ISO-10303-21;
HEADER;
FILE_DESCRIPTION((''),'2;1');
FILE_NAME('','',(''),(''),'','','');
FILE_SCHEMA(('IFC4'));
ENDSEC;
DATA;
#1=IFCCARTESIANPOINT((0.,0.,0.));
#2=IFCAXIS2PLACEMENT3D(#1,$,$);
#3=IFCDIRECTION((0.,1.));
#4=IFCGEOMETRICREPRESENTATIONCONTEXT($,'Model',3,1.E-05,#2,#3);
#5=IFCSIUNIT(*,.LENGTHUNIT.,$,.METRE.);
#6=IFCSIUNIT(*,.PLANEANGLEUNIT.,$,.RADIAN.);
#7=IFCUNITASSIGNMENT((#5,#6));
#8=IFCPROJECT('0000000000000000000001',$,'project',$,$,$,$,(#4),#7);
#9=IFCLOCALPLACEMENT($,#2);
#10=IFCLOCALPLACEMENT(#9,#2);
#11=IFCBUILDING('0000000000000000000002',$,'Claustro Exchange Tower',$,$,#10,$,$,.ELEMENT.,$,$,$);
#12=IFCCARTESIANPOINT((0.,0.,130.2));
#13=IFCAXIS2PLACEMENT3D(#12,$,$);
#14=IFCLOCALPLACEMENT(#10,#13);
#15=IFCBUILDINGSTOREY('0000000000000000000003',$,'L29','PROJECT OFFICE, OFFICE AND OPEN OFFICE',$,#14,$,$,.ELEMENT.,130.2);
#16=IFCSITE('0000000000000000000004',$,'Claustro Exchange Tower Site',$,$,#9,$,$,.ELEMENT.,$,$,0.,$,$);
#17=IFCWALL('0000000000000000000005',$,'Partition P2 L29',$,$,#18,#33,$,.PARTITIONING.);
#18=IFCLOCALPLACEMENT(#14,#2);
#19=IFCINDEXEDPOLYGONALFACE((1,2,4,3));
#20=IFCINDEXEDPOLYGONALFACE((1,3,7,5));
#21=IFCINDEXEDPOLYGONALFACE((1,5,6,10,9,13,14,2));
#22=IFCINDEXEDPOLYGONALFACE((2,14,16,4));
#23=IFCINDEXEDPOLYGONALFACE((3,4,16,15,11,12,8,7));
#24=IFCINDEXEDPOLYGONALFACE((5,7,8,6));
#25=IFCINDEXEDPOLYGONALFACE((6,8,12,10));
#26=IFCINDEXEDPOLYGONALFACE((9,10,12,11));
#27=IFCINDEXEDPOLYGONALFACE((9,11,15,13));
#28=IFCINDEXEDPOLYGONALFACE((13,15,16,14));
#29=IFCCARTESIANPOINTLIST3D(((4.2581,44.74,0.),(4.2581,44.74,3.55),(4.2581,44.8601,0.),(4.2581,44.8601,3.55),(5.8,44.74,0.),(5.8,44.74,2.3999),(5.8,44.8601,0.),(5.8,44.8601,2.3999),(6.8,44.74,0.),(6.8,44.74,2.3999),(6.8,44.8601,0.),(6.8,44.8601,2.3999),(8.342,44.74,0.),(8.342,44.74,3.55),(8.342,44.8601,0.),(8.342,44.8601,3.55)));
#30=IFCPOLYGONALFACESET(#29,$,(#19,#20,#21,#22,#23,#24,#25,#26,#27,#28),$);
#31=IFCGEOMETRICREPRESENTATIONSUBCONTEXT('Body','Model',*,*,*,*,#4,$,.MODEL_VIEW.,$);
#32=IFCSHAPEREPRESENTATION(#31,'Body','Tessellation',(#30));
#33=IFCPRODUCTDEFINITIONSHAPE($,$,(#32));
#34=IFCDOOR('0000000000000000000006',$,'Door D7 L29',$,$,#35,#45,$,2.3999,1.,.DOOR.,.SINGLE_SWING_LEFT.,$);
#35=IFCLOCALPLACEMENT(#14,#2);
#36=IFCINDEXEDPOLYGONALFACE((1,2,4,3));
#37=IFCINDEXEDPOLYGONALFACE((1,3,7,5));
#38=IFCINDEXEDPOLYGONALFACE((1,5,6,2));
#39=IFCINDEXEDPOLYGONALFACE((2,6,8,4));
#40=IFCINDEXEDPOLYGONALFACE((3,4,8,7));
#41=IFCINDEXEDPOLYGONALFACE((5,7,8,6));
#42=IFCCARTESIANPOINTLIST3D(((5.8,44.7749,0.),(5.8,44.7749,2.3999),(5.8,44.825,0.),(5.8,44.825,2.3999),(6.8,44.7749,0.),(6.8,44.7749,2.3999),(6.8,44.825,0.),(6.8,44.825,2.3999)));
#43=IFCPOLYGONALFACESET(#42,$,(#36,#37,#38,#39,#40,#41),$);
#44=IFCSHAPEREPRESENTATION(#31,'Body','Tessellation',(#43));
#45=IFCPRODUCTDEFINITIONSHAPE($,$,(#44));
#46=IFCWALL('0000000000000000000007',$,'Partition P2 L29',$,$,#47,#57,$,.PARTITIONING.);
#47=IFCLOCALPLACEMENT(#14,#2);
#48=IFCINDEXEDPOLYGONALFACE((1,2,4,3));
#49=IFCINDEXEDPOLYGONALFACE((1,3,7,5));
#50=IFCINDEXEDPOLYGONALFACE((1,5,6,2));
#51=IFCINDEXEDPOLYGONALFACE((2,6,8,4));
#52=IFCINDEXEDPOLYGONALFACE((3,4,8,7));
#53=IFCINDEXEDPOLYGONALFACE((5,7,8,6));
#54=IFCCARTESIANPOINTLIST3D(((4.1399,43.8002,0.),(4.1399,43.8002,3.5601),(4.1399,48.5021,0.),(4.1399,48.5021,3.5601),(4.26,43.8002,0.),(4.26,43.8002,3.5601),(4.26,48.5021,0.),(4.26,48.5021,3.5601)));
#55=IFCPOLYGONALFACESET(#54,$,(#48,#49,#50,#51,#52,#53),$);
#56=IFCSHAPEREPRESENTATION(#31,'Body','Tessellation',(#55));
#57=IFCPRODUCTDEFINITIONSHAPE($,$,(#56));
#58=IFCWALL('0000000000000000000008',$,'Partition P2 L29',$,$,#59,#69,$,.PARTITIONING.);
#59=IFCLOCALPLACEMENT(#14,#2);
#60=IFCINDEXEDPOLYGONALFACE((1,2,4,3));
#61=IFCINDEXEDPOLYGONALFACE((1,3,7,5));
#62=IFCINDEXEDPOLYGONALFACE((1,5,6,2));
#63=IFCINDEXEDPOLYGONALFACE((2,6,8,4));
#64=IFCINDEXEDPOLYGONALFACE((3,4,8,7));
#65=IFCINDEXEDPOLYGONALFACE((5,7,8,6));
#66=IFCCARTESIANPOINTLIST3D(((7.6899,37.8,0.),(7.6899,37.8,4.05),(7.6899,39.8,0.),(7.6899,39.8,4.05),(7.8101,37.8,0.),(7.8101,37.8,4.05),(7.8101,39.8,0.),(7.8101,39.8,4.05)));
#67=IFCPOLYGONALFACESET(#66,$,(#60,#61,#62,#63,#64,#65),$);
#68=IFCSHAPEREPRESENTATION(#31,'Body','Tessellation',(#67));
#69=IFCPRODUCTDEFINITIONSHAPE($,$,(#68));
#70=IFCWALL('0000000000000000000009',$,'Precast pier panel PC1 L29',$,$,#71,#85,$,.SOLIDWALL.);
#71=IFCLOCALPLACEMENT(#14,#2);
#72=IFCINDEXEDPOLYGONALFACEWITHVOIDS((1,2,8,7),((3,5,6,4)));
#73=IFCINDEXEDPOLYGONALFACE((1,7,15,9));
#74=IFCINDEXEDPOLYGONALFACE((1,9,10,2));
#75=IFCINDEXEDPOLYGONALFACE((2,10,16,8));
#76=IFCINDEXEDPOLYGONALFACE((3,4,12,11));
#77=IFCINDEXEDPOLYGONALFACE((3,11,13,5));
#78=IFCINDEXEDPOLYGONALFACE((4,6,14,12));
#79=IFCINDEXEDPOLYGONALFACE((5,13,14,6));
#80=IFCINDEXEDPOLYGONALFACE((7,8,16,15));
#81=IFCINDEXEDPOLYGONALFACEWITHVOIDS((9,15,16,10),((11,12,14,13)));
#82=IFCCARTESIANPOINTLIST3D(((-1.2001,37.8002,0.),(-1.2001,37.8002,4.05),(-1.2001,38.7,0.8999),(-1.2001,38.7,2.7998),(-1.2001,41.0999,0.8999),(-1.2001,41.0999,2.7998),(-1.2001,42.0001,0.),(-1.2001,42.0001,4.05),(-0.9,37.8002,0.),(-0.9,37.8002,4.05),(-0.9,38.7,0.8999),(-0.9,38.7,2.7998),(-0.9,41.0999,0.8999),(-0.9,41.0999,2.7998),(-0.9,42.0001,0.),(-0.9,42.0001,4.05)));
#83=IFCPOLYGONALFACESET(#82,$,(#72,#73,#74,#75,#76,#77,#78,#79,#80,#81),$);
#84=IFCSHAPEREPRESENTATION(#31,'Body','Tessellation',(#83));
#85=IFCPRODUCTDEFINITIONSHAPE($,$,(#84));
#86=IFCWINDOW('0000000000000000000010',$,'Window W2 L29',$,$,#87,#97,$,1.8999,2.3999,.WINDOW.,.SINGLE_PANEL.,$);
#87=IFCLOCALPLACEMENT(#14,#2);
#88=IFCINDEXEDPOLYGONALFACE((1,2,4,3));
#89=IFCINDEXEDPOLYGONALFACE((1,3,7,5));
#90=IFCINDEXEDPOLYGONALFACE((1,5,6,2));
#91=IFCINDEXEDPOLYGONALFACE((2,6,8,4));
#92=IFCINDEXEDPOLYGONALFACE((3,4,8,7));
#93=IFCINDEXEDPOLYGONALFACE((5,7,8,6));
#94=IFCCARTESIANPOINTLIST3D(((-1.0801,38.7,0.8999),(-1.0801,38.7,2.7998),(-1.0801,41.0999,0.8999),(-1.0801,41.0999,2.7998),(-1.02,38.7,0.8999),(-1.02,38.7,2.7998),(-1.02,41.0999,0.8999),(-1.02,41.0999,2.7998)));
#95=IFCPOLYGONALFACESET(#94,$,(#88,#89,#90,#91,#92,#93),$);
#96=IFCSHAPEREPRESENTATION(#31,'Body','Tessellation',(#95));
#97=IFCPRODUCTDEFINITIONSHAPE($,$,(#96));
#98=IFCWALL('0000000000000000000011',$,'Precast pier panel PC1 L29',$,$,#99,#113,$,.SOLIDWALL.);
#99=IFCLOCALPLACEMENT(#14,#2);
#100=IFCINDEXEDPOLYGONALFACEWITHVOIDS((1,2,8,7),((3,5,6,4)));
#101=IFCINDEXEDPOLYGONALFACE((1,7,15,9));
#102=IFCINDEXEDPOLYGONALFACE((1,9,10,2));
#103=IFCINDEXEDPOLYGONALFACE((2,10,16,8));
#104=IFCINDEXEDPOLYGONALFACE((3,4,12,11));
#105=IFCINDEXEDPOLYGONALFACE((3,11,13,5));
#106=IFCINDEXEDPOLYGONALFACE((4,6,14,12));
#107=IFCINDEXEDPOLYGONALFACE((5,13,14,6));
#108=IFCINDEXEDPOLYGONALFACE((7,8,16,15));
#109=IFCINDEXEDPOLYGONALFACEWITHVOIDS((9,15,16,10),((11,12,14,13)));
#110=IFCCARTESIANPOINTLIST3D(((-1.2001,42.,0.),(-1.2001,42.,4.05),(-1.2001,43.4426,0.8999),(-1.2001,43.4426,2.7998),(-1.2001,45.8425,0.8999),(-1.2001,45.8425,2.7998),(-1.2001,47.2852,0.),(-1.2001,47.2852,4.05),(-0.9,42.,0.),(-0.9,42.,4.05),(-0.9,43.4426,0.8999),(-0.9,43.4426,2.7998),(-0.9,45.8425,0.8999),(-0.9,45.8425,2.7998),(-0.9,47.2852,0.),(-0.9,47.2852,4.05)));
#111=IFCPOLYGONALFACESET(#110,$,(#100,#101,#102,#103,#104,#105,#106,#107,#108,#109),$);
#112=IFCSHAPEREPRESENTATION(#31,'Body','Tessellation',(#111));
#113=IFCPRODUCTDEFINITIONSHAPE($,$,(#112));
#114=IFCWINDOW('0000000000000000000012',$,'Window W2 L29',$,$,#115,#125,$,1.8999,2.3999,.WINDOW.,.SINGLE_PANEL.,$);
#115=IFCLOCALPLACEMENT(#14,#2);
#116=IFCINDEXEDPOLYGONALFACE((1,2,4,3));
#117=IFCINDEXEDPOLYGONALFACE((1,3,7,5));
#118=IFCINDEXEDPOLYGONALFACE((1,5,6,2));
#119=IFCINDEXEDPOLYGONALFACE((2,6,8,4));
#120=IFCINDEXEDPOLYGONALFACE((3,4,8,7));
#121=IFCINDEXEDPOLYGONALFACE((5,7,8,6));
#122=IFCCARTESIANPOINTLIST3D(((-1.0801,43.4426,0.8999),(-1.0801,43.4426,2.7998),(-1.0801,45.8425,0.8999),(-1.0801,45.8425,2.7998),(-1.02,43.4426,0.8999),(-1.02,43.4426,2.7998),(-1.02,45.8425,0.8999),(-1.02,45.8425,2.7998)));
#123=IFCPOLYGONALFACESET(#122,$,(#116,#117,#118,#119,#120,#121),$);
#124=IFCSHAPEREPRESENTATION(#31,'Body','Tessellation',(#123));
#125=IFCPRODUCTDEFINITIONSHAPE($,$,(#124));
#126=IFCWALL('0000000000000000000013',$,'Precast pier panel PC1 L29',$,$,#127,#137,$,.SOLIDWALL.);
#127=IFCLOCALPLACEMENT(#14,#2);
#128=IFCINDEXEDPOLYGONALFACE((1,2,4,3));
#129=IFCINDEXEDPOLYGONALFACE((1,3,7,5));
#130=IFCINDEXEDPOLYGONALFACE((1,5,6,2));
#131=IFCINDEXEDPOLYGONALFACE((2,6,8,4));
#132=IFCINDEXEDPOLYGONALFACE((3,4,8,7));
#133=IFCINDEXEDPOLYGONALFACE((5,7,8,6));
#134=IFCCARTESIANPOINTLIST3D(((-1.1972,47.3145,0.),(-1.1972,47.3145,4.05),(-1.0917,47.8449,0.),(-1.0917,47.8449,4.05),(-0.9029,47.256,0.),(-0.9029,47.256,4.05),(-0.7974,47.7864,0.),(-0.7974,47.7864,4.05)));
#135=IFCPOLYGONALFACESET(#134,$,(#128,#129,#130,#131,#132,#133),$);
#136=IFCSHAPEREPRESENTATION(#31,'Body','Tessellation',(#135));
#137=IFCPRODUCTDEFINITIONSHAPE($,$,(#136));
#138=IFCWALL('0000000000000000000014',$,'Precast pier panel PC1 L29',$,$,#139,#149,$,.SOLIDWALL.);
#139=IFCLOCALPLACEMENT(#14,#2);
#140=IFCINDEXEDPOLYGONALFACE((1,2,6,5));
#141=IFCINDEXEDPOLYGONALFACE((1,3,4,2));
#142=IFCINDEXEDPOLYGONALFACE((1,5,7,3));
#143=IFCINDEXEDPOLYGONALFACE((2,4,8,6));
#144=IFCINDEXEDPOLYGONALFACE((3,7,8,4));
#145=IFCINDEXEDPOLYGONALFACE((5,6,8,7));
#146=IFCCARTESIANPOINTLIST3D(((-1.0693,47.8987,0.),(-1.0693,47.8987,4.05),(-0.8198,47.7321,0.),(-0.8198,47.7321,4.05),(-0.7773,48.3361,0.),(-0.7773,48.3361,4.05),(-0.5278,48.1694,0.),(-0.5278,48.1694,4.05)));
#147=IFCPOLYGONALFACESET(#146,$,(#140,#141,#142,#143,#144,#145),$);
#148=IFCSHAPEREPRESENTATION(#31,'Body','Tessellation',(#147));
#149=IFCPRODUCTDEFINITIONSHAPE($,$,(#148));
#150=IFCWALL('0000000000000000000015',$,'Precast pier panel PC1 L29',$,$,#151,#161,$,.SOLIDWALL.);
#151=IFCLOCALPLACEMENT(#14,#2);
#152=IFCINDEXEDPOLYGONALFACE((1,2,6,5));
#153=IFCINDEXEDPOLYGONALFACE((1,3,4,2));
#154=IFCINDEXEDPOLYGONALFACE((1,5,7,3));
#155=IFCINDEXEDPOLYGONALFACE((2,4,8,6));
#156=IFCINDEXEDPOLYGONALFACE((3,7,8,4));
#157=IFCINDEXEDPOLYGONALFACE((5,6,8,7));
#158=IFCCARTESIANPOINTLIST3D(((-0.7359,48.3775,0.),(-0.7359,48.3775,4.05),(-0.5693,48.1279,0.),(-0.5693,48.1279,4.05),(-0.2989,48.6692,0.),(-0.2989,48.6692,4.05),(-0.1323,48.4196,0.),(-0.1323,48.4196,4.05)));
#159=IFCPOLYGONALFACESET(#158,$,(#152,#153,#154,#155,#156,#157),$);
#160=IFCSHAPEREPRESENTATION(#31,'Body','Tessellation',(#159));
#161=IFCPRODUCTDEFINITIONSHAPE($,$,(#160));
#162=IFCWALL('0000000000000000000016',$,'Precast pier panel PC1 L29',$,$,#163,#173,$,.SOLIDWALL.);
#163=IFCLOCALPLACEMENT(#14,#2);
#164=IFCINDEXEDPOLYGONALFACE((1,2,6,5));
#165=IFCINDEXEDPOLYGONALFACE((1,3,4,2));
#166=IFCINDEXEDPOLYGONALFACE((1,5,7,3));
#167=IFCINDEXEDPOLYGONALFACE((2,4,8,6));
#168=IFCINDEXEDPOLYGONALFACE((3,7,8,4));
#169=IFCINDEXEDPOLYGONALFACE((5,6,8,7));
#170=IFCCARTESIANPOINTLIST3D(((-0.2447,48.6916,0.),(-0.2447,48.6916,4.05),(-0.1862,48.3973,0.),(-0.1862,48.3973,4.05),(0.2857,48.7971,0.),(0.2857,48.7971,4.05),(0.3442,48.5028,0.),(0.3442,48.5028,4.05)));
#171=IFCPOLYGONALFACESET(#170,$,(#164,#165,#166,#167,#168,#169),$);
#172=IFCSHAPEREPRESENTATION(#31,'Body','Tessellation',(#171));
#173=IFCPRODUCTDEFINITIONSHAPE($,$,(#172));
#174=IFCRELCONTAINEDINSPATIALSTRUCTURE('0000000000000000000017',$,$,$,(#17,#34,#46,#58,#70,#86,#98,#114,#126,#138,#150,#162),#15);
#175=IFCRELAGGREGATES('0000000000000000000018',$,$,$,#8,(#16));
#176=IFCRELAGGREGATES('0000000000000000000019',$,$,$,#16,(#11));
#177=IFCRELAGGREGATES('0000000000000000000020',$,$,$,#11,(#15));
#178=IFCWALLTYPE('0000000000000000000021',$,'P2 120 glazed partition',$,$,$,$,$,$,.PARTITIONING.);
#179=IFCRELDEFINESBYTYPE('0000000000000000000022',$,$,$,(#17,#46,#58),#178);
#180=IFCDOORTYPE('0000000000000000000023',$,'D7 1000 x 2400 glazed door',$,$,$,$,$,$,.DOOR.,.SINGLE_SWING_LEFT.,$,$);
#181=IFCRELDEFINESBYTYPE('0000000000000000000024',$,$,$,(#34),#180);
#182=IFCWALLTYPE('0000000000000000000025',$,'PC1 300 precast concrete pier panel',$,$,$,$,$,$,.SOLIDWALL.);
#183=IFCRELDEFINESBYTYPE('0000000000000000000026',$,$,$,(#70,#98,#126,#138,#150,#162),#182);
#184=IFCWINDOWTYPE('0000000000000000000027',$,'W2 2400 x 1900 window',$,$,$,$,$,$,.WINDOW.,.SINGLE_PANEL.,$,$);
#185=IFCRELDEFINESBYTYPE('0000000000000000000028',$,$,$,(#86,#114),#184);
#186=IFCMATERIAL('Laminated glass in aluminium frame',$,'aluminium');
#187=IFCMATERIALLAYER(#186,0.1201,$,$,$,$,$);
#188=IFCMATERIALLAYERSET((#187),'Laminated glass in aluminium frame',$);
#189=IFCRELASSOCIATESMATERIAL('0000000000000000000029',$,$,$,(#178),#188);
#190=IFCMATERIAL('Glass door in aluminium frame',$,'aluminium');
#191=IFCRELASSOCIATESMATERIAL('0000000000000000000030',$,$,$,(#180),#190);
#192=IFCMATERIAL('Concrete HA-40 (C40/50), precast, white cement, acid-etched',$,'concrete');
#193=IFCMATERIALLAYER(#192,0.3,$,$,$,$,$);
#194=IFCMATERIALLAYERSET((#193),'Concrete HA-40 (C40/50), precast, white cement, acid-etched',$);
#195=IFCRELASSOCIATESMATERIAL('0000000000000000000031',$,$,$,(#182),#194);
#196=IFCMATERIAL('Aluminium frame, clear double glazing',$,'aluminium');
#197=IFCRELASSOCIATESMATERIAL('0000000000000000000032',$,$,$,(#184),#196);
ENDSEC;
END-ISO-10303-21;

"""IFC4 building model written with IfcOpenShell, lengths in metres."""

from ifc_helpers import new_model, si_unit, direction, frame, frame_2d, origin, place, context, subcontext, project, spatial, rectangle, extrude, material, layer, layer_set, type_object, element, fill, save


model = new_model("IFC4")

# Units and contexts
model_context = context("Model", 3, precision=1e-05, world=origin(), true_north=direction((0.0, 1.0)))
body_context = subcontext(model_context, "Body", "Model", "MODEL_VIEW")
ifc_project = project(units=[si_unit("LENGTHUNIT", "METRE"), si_unit("PLANEANGLEUNIT", "RADIAN")], contexts=[model_context])

# Site, building, storey
site_placement = place(None, origin())
site = spatial("IfcSite", under=ifc_project, at=site_placement, Name="Claustro Exchange Tower Site", CompositionType="ELEMENT", RefElevation=0.0)
building_placement = place(site_placement, origin())
building = spatial("IfcBuilding", under=site, at=building_placement, Name="Claustro Exchange Tower", CompositionType="ELEMENT")
storey_placement = place(building_placement, frame((0.0, 0.0, 130.2)))
storey = spatial("IfcBuildingStorey", under=building, at=storey_placement, Name="L29", Description="PROJECT OFFICE, OFFICE AND OPEN OFFICE", CompositionType="ELEMENT", Elevation=130.2)

# Wall, opening, door
ifc_material_1 = material(Name="Laminated glass in aluminium frame", Category="aluminium")
ifc_layer_1 = layer(ifc_material_1, 0.1201)
ifc_layer_set_1 = layer_set([ifc_layer_1], Name="Laminated glass in aluminium frame")
wall_type_1 = type_object("IfcWallType", Name="P2 120 glazed partition", PredefinedType="PARTITIONING", material=ifc_layer_set_1)
ifc_material_2 = material(Name="Glass door in aluminium frame", Category="aluminium")
door_type = type_object("IfcDoorType", Name="D7 1000 x 2400 glazed door", OperationType="SINGLE_SWING_LEFT", PredefinedType="DOOR", material=ifc_material_2)
wall_1_placement = place(storey_placement, frame((4.2581, 44.8, 0.0), z_axis=(0.0, 0.0, 1.0), x_axis=(1.0, 0.0, 0.0)))
wall_1 = element("IfcWall", 1, at=wall_1_placement, inside=storey, type_object=wall_type_1, Name="Partition P2 L29", PredefinedType="PARTITIONING", context=body_context, shape_type="SweptSolid", body=[
    extrude(rectangle(XDim=4.084, YDim=0.1201, at=frame_2d((2.042, 0.0))), origin(), (0.0, 0.0, 1.0), 3.55),
])
opening_1_placement = place(wall_1_placement, frame((1.542, 0.0, 0.0)))
opening_1 = element("IfcOpeningElement", 2, at=opening_1_placement, cuts=wall_1, PredefinedType="OPENING", context=body_context, shape_type="SweptSolid", body=[
    extrude(rectangle(XDim=1.0, YDim=2.3999, at=frame_2d((0.5, 1.2))), frame((0.0, 0.0701, 0.0), z_axis=(0.0, -1.0, 0.0), x_axis=(1.0, 0.0, 0.0)), (0.0, 0.0, 1.0), 0.1401),
])
door_1_placement = place(opening_1_placement, origin())
door_1 = element("IfcDoor", 3, at=door_1_placement, inside=storey, type_object=door_type, Name="Door D7 L29", OperationType="SINGLE_SWING_LEFT", OverallHeight=2.3999, OverallWidth=1.0, PredefinedType="DOOR", context=body_context, shape_type="SweptSolid", body=[
    extrude(rectangle(XDim=1.0, YDim=2.3999, at=frame_2d((0.5, 1.2))), frame((0.0, 0.0249, 0.0), z_axis=(0.0, -1.0, 0.0), x_axis=(1.0, 0.0, 0.0)), (0.0, 0.0, 1.0), 0.05),
])
fill(opening_1, door_1)

# Walls
wall_2_placement = place(storey_placement, frame((4.2, 43.8, 0.0), z_axis=(0.0, 0.0, 1.0), x_axis=(0.0, 1.0, 0.0)))
element("IfcWall", 4, at=wall_2_placement, inside=storey, type_object=wall_type_1, Name="Partition P2 L29", PredefinedType="PARTITIONING", context=body_context, shape_type="SweptSolid", body=[
    extrude(rectangle(XDim=4.7019, YDim=0.1201, at=frame_2d((2.3511, 0.0))), origin(), (0.0, 0.0, 1.0), 3.5601),
])
wall_3_placement = place(storey_placement, frame((7.75, 37.8, 0.0), z_axis=(0.0, 0.0, 1.0), x_axis=(0.0, 1.0, 0.0)))
element("IfcWall", 5, at=wall_3_placement, inside=storey, type_object=wall_type_1, Name="Partition P2 L29", PredefinedType="PARTITIONING", context=body_context, shape_type="SweptSolid", body=[
    extrude(rectangle(XDim=2.0, YDim=0.1201, at=frame_2d((1.0, 0.0))), origin(), (0.0, 0.0, 1.0), 4.05),
])

# Walls, openings, windows
ifc_material_3 = material(Name="Concrete HA-40 (C40/50), precast, white cement, acid-etched", Category="concrete")
ifc_layer_2 = layer(ifc_material_3, 0.3)
ifc_layer_set_2 = layer_set([ifc_layer_2], Name="Concrete HA-40 (C40/50), precast, white cement, acid-etched")
wall_type_2 = type_object("IfcWallType", Name="PC1 300 precast concrete pier panel", PredefinedType="SOLIDWALL", material=ifc_layer_set_2)
wall_4_placement = place(storey_placement, frame((-1.05, 37.8, 0.0), z_axis=(0.0, 0.0, 1.0), x_axis=(0.0, 1.0, 0.0)))
wall_4 = element("IfcWall", 6, at=wall_4_placement, inside=storey, type_object=wall_type_2, Name="Precast pier panel PC1 L29", PredefinedType="SOLIDWALL", context=body_context, shape_type="SweptSolid", body=[
    extrude(rectangle(XDim=4.2, YDim=0.3, at=frame_2d((2.1001, 0.0))), origin(), (0.0, 0.0, 1.0), 4.05),
])
opening_2_placement = place(wall_4_placement, frame((0.8999, 0.0, 0.8999)))
opening_2 = element("IfcOpeningElement", 7, at=opening_2_placement, cuts=wall_4, PredefinedType="OPENING", context=body_context, shape_type="SweptSolid", body=[
    extrude(rectangle(XDim=2.3999, YDim=1.8999, at=frame_2d((1.2, 0.95))), frame((0.0, 0.1599, 0.0), z_axis=(0.0, -1.0, 0.0), x_axis=(1.0, 0.0, 0.0)), (0.0, 0.0, 1.0), 0.3201),
])
ifc_material_4 = material(Name="Aluminium frame, clear double glazing", Category="aluminium")
window_type_1 = type_object("IfcWindowType", Name="W2 2400 x 1900 window", PartitioningType="SINGLE_PANEL", PredefinedType="WINDOW", material=ifc_material_4)
window_1_placement = place(opening_2_placement, origin())
window_1 = element("IfcWindow", 8, at=window_1_placement, inside=storey, type_object=window_type_1, Name="Window W2 L29", OverallHeight=1.8999, OverallWidth=2.3999, PartitioningType="SINGLE_PANEL", PredefinedType="WINDOW", context=body_context, shape_type="SweptSolid", body=[
    extrude(rectangle(XDim=2.3999, YDim=1.8999, at=frame_2d((1.2, 0.95))), frame((0.0, 0.03, 0.0), z_axis=(0.0, -1.0, 0.0), x_axis=(1.0, 0.0, 0.0)), (0.0, 0.0, 1.0), 0.0601),
])
fill(opening_2, window_1)
wall_5_placement = place(storey_placement, frame((-1.05, 42.0, 0.0), z_axis=(0.0, 0.0, 1.0), x_axis=(0.0, 1.0, 0.0)))
wall_5 = element("IfcWall", 9, at=wall_5_placement, inside=storey, type_object=wall_type_2, Name="Precast pier panel PC1 L29", PredefinedType="SOLIDWALL", context=body_context, shape_type="SweptSolid", body=[
    extrude(rectangle(XDim=5.2852, YDim=0.3, at=frame_2d((2.6426, 0.0))), origin(), (0.0, 0.0, 1.0), 4.05),
])
opening_3_placement = place(wall_5_placement, frame((1.4426, 0.0, 0.8999)))
opening_3 = element("IfcOpeningElement", 10, at=opening_3_placement, cuts=wall_5, PredefinedType="OPENING", context=body_context, shape_type="SweptSolid", body=[
    extrude(rectangle(XDim=2.3999, YDim=1.8999, at=frame_2d((1.2, 0.95))), frame((0.0, 0.1599, 0.0), z_axis=(0.0, -1.0, 0.0), x_axis=(1.0, 0.0, 0.0)), (0.0, 0.0, 1.0), 0.3201),
])
window_2_placement = place(opening_3_placement, origin())
window_2 = element("IfcWindow", 11, at=window_2_placement, inside=storey, type_object=window_type_1, Name="Window W2 L29", OverallHeight=1.8999, OverallWidth=2.3999, PartitioningType="SINGLE_PANEL", PredefinedType="WINDOW", context=body_context, shape_type="SweptSolid", body=[
    extrude(rectangle(XDim=2.3999, YDim=1.8999, at=frame_2d((1.2, 0.95))), frame((0.0, 0.03, 0.0), z_axis=(0.0, -1.0, 0.0), x_axis=(1.0, 0.0, 0.0)), (0.0, 0.0, 1.0), 0.0601),
])
fill(opening_3, window_2)

# Walls
wall_6_placement = place(storey_placement, frame((-1.05, 47.2852, 0.0), z_axis=(0.0, 0.0, 1.0), x_axis=(0.195074, 0.980789, 0.0)))
element("IfcWall", 12, at=wall_6_placement, inside=storey, type_object=wall_type_2, Name="Precast pier panel PC1 L29", PredefinedType="SOLIDWALL", context=body_context, shape_type="SweptSolid", body=[
    extrude(rectangle(XDim=0.5408, YDim=0.3, at=frame_2d((0.2705, 0.0))), origin(), (0.0, 0.0, 1.0), 4.05),
])
wall_7_placement = place(storey_placement, frame((-0.9446, 47.8154, 0.0), z_axis=(0.0, 0.0, 1.0), x_axis=(0.555343, 0.831621, 0.0)))
element("IfcWall", 13, at=wall_7_placement, inside=storey, type_object=wall_type_2, Name="Precast pier panel PC1 L29", PredefinedType="SOLIDWALL", context=body_context, shape_type="SweptSolid", body=[
    extrude(rectangle(XDim=0.5259, YDim=0.3, at=frame_2d((0.2629, 0.0))), origin(), (0.0, 0.0, 1.0), 4.05),
])
wall_8_placement = place(storey_placement, frame((-0.6526, 48.2527, 0.0), z_axis=(0.0, 0.0, 1.0), x_axis=(0.831693, 0.555236, 0.0)))
element("IfcWall", 14, at=wall_8_placement, inside=storey, type_object=wall_type_2, Name="Precast pier panel PC1 L29", PredefinedType="SOLIDWALL", context=body_context, shape_type="SweptSolid", body=[
    extrude(rectangle(XDim=0.5254, YDim=0.3, at=frame_2d((0.2627, 0.0))), origin(), (0.0, 0.0, 1.0), 4.05),
])
wall_9_placement = place(storey_placement, frame((-0.2156, 48.5444, 0.0), z_axis=(0.0, 0.0, 1.0), x_axis=(0.980789, 0.195074, 0.0)))
element("IfcWall", 15, at=wall_9_placement, inside=storey, type_object=wall_type_2, Name="Precast pier panel PC1 L29", PredefinedType="SOLIDWALL", context=body_context, shape_type="SweptSolid", body=[
    extrude(rectangle(XDim=0.5408, YDim=0.3, at=frame_2d((0.2705, 0.0))), origin(), (0.0, 0.0, 1.0), 4.05),
])

save(model, "model.ifc")
